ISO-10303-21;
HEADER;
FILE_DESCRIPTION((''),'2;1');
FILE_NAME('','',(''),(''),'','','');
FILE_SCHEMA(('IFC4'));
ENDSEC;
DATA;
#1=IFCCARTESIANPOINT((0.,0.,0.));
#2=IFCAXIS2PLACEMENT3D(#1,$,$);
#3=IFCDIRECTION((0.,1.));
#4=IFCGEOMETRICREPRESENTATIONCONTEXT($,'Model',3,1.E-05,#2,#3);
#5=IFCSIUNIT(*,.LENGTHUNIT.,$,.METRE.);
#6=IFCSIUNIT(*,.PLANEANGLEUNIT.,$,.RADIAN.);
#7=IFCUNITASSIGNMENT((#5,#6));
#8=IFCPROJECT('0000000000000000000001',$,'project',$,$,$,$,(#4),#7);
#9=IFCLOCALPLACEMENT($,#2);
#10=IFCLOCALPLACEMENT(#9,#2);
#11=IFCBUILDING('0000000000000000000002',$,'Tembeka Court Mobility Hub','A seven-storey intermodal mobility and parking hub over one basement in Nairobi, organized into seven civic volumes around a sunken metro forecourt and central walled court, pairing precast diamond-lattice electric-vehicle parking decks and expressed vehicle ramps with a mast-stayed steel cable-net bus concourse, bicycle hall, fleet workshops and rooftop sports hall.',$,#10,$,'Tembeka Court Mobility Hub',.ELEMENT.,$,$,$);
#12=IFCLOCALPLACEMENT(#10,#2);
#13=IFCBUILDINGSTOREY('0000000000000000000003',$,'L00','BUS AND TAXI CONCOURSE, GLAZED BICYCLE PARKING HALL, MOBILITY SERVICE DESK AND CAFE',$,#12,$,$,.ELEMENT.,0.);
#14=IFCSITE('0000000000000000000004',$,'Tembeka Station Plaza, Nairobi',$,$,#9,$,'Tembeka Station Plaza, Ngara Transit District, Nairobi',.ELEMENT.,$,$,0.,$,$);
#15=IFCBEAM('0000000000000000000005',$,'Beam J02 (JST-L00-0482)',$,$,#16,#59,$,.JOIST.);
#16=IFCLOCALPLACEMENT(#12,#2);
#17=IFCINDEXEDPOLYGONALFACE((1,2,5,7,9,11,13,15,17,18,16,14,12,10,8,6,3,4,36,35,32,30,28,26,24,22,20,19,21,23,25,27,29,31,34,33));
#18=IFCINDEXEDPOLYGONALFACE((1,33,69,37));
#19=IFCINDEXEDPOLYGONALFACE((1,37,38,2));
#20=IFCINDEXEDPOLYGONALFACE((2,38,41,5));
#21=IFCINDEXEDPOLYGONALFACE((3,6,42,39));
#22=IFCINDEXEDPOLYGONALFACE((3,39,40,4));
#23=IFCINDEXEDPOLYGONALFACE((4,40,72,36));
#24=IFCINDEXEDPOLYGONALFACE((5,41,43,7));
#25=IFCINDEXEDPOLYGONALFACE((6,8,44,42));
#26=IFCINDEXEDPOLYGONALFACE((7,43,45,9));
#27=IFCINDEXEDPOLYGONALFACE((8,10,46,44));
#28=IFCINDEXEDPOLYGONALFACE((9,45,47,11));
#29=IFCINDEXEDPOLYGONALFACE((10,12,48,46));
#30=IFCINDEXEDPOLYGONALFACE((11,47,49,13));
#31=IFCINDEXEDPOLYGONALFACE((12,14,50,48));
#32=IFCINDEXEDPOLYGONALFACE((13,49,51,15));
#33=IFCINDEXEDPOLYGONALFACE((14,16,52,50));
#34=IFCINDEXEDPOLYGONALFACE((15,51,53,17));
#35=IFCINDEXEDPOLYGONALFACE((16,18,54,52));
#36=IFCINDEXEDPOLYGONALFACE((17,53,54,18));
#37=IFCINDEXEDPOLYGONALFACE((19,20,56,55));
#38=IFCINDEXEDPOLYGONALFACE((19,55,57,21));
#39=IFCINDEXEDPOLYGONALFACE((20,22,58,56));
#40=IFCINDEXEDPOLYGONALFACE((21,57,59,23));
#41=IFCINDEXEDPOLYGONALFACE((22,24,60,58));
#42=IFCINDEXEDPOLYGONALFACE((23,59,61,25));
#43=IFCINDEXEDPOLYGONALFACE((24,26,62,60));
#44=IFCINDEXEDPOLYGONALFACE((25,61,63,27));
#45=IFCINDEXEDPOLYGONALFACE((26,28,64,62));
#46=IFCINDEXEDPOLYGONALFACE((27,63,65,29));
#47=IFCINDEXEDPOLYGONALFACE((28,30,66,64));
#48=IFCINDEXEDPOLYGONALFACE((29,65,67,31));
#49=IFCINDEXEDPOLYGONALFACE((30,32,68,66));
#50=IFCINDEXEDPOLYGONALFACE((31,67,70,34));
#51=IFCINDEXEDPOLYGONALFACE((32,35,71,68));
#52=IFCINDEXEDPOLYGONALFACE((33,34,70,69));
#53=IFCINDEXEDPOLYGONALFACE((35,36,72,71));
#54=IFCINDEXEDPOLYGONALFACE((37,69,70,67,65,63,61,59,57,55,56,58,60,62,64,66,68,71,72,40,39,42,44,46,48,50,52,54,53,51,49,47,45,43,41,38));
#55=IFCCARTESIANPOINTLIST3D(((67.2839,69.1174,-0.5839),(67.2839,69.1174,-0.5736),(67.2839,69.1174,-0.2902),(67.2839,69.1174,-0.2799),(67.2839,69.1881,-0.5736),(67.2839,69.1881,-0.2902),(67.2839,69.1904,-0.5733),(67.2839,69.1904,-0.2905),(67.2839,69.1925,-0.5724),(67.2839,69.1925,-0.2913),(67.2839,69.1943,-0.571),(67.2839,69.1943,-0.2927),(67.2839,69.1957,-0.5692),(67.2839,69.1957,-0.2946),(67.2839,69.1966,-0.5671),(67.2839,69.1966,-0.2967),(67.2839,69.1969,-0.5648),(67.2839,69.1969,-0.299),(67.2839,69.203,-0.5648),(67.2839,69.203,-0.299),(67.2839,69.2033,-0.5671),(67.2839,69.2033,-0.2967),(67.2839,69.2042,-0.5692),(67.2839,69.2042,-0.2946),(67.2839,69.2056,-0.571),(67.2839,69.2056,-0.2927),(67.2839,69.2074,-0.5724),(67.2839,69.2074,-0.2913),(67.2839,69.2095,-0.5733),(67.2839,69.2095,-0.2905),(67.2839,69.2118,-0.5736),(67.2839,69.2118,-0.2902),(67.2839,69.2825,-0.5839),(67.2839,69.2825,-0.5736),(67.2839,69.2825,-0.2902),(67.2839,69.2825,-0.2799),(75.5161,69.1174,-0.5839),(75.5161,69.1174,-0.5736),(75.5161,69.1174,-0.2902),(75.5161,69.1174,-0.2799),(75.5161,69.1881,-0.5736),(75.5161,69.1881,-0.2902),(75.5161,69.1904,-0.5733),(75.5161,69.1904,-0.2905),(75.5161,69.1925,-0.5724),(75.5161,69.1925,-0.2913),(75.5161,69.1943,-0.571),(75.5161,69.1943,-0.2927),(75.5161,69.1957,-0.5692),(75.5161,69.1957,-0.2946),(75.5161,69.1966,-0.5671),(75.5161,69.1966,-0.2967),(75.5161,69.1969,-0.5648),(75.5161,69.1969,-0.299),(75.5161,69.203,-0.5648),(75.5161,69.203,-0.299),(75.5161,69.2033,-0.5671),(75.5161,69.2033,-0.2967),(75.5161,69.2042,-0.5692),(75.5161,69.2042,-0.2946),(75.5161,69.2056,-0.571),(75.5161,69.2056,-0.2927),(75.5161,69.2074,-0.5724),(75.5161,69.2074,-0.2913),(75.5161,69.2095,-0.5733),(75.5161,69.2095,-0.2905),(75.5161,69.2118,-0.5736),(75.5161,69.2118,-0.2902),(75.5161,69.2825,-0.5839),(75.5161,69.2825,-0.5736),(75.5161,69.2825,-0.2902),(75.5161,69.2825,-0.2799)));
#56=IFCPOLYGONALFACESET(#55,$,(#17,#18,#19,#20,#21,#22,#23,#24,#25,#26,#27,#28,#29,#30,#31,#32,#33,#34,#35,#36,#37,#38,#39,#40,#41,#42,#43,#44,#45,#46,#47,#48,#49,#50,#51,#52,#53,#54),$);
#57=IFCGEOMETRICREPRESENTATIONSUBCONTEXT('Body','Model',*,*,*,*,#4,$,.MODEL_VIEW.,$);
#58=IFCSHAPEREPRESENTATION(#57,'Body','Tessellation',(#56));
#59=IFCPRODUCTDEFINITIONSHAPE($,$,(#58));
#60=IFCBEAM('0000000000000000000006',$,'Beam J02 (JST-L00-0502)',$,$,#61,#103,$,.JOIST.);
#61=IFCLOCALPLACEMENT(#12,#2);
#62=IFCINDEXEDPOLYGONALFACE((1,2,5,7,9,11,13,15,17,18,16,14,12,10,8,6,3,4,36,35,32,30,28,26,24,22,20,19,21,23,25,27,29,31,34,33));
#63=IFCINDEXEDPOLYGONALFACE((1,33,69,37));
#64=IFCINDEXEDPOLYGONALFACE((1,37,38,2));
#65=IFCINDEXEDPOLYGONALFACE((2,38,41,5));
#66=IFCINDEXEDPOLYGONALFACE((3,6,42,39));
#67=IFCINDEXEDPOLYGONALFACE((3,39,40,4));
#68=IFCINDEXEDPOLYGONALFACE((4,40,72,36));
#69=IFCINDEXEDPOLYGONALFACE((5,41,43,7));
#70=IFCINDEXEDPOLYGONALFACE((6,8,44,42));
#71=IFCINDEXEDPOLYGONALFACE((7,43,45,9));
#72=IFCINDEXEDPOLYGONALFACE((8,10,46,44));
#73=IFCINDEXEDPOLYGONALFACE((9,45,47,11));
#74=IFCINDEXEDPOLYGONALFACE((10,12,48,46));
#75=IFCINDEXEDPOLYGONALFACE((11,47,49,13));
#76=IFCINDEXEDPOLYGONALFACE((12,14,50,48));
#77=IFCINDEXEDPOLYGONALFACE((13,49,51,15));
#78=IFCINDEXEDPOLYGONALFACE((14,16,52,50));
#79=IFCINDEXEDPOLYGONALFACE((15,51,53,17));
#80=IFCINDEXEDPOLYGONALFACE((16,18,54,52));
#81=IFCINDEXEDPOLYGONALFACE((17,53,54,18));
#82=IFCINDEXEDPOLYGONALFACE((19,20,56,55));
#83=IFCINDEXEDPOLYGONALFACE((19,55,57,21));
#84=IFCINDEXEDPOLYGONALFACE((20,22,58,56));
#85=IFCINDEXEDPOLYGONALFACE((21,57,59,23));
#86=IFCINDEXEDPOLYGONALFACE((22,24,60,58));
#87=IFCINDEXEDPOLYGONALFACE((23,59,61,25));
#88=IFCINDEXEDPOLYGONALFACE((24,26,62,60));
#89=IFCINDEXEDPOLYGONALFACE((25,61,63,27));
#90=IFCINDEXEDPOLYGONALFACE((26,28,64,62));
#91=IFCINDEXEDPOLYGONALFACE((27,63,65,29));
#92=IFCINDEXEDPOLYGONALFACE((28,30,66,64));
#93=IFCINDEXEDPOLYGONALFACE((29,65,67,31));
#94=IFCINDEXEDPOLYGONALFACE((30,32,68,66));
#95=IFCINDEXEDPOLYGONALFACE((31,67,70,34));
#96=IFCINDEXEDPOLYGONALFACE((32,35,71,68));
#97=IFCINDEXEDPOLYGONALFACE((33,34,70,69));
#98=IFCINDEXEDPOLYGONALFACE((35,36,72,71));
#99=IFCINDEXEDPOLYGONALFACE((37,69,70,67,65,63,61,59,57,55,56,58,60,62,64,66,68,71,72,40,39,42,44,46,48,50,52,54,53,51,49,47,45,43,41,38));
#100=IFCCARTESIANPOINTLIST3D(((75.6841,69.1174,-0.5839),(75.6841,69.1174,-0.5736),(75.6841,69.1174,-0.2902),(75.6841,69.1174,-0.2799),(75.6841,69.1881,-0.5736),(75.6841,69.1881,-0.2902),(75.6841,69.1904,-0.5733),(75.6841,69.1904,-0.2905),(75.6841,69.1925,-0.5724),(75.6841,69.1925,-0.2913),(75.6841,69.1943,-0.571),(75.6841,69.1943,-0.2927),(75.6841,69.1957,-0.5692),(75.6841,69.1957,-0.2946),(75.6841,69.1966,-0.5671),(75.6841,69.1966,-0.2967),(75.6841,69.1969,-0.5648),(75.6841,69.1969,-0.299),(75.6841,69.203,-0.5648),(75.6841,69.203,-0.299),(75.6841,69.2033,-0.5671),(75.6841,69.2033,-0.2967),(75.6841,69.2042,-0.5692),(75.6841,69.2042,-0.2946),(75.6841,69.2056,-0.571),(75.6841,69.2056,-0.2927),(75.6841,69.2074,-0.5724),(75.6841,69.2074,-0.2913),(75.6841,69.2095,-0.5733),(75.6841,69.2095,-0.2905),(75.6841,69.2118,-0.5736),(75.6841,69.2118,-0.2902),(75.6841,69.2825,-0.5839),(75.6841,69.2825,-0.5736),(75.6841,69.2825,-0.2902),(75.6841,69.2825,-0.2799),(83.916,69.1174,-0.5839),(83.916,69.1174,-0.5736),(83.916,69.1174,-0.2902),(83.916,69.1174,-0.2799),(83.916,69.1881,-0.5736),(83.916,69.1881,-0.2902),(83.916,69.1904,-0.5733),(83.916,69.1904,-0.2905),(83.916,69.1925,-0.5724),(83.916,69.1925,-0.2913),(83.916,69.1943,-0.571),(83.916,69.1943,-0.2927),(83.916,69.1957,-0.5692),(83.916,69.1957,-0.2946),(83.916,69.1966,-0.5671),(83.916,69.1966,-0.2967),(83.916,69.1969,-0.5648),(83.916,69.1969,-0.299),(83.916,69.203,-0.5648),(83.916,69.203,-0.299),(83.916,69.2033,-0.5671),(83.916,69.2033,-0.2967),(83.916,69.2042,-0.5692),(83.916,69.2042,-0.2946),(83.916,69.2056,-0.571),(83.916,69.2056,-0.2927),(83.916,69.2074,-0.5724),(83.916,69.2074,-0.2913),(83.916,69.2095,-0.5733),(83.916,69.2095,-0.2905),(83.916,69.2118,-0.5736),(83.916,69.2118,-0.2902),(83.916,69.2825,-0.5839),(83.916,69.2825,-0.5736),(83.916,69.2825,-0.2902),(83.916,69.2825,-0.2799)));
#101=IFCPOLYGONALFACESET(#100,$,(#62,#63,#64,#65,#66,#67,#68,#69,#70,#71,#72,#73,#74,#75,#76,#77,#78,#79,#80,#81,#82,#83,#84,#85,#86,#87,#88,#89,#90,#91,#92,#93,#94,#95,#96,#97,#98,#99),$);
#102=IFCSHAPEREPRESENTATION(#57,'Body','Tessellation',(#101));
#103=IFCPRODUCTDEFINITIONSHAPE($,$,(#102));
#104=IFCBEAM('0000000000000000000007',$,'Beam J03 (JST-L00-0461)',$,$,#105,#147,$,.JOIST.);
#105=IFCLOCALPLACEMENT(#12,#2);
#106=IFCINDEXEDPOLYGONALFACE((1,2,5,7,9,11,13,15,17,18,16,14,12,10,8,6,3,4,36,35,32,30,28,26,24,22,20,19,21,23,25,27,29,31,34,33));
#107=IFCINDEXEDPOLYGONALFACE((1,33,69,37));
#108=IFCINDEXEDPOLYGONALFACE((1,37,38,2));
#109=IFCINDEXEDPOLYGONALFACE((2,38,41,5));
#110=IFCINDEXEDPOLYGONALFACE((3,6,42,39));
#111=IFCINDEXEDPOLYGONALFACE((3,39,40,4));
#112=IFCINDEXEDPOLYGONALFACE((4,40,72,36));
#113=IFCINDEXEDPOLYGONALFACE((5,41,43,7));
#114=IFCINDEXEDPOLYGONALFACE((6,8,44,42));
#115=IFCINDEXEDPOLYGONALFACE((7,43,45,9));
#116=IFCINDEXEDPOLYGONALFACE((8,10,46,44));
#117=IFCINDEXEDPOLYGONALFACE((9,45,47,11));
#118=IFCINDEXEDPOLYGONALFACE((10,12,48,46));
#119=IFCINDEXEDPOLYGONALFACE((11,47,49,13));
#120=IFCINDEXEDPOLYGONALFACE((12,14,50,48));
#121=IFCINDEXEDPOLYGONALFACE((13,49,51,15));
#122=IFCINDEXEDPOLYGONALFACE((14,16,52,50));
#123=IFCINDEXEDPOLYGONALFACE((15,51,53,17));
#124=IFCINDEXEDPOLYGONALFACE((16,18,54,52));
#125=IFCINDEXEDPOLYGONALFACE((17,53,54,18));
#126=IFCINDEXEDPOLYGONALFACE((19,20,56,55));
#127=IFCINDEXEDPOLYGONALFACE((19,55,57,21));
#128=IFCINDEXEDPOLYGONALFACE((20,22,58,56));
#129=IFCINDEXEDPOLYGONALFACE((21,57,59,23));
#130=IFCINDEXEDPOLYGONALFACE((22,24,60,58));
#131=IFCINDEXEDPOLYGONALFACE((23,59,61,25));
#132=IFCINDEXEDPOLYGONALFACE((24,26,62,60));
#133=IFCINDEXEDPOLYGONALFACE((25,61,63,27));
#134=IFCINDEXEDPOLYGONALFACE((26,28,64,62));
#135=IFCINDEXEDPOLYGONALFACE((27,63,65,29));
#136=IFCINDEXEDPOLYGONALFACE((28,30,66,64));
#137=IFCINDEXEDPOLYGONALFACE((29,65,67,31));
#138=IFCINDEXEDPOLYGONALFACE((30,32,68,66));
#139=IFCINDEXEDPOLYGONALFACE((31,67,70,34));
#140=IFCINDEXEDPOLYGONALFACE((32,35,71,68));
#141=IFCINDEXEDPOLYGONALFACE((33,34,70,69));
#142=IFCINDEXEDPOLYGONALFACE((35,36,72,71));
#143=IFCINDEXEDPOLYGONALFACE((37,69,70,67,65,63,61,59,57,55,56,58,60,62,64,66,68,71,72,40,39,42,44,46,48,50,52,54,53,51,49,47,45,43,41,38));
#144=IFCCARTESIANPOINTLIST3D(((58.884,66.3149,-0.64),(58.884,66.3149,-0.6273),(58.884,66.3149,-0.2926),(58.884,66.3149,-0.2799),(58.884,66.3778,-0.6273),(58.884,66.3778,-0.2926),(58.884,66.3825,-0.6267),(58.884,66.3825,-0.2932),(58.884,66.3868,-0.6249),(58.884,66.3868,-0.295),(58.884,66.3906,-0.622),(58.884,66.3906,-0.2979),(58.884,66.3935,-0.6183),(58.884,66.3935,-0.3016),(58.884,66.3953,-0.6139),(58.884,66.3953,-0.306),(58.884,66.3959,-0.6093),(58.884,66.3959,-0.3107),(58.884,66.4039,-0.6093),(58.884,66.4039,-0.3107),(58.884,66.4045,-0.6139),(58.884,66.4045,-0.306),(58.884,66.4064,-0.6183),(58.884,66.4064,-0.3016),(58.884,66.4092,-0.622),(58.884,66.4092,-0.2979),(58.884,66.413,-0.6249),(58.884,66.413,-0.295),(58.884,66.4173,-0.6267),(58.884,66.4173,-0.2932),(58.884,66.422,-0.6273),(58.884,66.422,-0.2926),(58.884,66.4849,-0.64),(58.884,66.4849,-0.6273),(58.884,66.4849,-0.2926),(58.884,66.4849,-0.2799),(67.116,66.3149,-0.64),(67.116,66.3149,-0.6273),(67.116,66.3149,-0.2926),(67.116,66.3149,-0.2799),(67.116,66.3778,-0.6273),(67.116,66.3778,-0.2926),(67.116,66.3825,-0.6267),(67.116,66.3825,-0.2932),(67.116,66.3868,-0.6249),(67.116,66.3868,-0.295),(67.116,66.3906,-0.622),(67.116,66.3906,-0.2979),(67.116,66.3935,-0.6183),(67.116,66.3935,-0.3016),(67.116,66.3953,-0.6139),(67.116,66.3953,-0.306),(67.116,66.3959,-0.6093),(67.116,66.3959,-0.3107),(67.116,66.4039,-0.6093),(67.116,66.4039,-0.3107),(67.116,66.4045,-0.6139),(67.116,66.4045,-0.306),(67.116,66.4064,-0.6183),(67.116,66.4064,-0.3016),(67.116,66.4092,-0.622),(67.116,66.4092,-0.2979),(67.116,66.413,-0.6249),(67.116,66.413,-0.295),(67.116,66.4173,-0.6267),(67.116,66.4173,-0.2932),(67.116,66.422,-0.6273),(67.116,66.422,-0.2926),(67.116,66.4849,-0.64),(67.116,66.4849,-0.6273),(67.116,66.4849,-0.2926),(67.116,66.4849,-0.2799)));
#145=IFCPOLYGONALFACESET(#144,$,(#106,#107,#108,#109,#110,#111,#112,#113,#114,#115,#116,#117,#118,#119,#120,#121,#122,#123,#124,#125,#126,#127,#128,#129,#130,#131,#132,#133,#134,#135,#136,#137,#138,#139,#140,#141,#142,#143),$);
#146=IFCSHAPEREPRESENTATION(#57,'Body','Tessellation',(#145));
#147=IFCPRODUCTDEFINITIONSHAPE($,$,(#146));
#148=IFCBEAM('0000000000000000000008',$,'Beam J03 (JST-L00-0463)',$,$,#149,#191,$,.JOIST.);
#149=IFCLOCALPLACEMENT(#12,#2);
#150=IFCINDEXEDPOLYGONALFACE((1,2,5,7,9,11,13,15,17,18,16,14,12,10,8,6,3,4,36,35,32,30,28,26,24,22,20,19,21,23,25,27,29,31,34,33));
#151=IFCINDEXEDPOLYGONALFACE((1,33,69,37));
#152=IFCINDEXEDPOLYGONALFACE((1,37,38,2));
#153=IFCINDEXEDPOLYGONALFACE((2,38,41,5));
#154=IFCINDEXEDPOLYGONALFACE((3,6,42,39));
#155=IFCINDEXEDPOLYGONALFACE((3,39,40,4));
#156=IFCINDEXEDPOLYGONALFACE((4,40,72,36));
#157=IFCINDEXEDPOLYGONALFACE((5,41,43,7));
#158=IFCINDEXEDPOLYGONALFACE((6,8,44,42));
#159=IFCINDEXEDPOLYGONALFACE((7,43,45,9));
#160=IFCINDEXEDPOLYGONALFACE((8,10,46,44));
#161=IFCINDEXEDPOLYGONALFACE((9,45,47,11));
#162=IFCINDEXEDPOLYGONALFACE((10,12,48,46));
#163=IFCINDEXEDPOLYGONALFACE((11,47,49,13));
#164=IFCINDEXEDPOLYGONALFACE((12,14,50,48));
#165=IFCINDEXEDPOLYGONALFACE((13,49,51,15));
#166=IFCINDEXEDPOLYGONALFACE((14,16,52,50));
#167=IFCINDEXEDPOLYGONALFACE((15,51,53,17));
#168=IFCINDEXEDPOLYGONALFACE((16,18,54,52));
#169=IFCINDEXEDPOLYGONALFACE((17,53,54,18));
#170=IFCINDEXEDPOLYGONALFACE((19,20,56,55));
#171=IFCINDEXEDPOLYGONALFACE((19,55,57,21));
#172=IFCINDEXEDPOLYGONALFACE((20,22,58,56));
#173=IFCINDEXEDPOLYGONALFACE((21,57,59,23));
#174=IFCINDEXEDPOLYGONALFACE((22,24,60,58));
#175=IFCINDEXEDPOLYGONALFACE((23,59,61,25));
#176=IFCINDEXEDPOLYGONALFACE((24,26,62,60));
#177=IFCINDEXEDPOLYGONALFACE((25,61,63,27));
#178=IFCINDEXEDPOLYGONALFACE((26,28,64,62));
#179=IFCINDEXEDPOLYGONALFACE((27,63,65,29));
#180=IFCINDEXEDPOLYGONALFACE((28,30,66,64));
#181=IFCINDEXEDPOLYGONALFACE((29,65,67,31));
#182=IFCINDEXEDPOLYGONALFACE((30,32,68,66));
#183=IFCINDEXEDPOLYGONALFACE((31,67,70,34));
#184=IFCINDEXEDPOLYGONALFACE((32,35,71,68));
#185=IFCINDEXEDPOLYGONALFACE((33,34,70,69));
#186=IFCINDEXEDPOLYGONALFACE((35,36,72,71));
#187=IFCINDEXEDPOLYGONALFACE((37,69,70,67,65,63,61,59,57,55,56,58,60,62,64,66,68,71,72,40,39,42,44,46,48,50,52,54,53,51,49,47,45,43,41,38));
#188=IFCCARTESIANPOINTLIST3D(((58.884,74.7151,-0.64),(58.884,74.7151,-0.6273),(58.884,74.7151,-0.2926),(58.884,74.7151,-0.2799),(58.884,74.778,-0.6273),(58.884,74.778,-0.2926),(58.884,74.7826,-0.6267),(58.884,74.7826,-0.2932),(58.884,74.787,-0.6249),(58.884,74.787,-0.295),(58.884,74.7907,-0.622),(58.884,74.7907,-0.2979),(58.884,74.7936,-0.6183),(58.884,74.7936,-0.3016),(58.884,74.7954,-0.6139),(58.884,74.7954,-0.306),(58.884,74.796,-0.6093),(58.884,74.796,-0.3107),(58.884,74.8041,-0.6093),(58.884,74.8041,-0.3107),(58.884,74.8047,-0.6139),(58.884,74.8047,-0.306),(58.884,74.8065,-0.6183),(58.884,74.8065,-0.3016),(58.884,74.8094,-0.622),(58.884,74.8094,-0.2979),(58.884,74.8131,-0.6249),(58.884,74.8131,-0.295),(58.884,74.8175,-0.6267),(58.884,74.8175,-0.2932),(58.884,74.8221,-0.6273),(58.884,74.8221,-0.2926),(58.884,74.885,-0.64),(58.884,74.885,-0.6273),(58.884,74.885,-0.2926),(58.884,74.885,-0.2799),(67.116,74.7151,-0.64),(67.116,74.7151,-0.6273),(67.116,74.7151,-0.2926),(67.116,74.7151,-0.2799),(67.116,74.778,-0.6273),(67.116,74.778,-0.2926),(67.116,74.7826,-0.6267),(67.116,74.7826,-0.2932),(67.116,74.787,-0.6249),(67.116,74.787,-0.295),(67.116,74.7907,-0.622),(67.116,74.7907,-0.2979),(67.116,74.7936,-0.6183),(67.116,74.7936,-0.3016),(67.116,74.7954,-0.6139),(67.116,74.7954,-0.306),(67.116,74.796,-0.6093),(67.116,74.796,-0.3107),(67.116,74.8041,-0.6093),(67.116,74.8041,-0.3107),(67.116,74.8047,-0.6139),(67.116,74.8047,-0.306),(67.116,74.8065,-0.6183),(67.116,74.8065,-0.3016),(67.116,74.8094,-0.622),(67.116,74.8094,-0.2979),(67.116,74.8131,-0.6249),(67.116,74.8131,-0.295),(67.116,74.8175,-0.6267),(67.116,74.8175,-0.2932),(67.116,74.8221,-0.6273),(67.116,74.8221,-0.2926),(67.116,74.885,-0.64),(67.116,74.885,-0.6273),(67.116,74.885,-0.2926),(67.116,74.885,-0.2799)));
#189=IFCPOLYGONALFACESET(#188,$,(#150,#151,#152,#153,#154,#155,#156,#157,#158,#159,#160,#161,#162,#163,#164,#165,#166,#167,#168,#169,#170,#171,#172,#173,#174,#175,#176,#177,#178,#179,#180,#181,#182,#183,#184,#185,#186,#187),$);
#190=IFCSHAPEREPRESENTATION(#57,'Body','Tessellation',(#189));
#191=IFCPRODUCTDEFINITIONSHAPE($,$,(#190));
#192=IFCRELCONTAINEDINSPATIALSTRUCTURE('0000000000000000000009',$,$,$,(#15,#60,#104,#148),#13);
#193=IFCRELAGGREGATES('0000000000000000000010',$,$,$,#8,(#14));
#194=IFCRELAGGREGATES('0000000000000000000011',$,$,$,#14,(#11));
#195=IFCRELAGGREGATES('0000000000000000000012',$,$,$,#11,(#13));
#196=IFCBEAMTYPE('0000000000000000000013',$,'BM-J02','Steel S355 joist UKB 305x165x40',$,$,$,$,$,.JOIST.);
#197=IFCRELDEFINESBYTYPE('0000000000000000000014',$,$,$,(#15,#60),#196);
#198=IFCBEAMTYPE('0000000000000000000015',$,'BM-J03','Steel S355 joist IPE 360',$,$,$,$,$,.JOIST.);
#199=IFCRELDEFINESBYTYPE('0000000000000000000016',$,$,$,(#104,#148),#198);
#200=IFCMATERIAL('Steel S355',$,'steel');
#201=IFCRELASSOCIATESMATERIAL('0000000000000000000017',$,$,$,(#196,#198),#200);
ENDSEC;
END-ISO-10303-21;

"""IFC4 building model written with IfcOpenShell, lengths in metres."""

from ifc_helpers import new_model, si_unit, direction, frame, origin, origin_2d, place, context, subcontext, project, spatial, i_section, extrude, material, material_profile, profile_set, type_object, element, save


model = new_model("IFC4")

# Units and contexts
model_context = context("Model", 3, precision=1e-05, world=origin(), true_north=direction((0.0, 1.0)))
body_context = subcontext(model_context, "Body", "Model", "MODEL_VIEW")
ifc_project = project(units=[si_unit("LENGTHUNIT", "METRE"), si_unit("PLANEANGLEUNIT", "RADIAN")], contexts=[model_context])

# Site, building, storey
site_placement = place(None, origin())
site = spatial("IfcSite", under=ifc_project, at=site_placement, Name="Tembeka Station Plaza, Nairobi", LongName="Tembeka Station Plaza, Ngara Transit District, Nairobi", CompositionType="ELEMENT", RefElevation=0.0)
building_placement = place(site_placement, origin())
building = spatial("IfcBuilding", under=site, at=building_placement, Name="Tembeka Court Mobility Hub", Description="A seven-storey intermodal mobility and parking hub over one basement in Nairobi, organized into seven civic volumes around a sunken metro forecourt and central walled court, pairing precast diamond-lattice electric-vehicle parking decks and expressed vehicle ramps with a mast-stayed steel cable-net bus concourse, bicycle hall, fleet workshops and rooftop sports hall.", LongName="Tembeka Court Mobility Hub", CompositionType="ELEMENT")
storey_placement = place(building_placement, origin())
storey = spatial("IfcBuildingStorey", under=building, at=storey_placement, Name="L00", Description="BUS AND TAXI CONCOURSE, GLAZED BICYCLE PARKING HALL, MOBILITY SERVICE DESK AND CAFE", CompositionType="ELEMENT", Elevation=0.0)

# Shared definitions
ifc_material = material(Name="Steel S355", Category="steel")

# Beams
ifc_material_profile_1 = material_profile(ifc_material, i_section(OverallWidth=0.165, OverallDepth=0.304, WebThickness=0.0061, FlangeThickness=0.0103, FilletRadius=0.0088, at=origin_2d()), Name="UKB 305x165x40")
ifc_profile_set_1 = profile_set([ifc_material_profile_1], Name="Steel S355")
beam_type_1 = type_object("IfcBeamType", Name="BM-J02", Description="Steel S355 joist UKB 305x165x40", PredefinedType="JOIST", material=ifc_profile_set_1)
beam_1_placement = place(storey_placement, frame((67.2839, 69.2, -0.4319), z_axis=(1.0, 0.0, 0.0), x_axis=(0.0, 1.0, 0.0)))
element("IfcBeam", 1, at=beam_1_placement, inside=storey, type_object=beam_type_1, Name="Beam J02 (JST-L00-0482)", PredefinedType="JOIST", context=body_context, shape_type="SweptSolid", body=[
    extrude(i_section(OverallWidth=0.165, OverallDepth=0.304, WebThickness=0.0061, FlangeThickness=0.0103, FilletRadius=0.0088, at=origin_2d()), origin(), (0.0, 0.0, 1.0), 8.2322),
])
beam_2_placement = place(storey_placement, frame((75.6841, 69.2, -0.4319), z_axis=(1.0, 0.0, 0.0), x_axis=(0.0, 1.0, 0.0)))
element("IfcBeam", 2, at=beam_2_placement, inside=storey, type_object=beam_type_1, Name="Beam J02 (JST-L00-0502)", PredefinedType="JOIST", context=body_context, shape_type="SweptSolid", body=[
    extrude(i_section(OverallWidth=0.165, OverallDepth=0.304, WebThickness=0.0061, FlangeThickness=0.0103, FilletRadius=0.0088, at=origin_2d()), origin(), (0.0, 0.0, 1.0), 8.2319),
])
ifc_material_profile_2 = material_profile(ifc_material, i_section(OverallWidth=0.1699, OverallDepth=0.3601, WebThickness=0.0081, FlangeThickness=0.0127, FilletRadius=0.0181, at=origin_2d()), Name="IPE 360")
ifc_profile_set_2 = profile_set([ifc_material_profile_2], Name="Steel S355")
beam_type_2 = type_object("IfcBeamType", Name="BM-J03", Description="Steel S355 joist IPE 360", PredefinedType="JOIST", material=ifc_profile_set_2)
for number, where, z_axis, x_axis, name in (
    (3, (58.884, 66.3999, -0.46), (1.0, 0.0, 0.0), (0.0, 1.0, 0.0), "Beam J03 (JST-L00-0461)"),
    (4, (58.884, 74.8, -0.46), (1.0, 0.0, 0.0), (0.0, 1.0, 0.0), "Beam J03 (JST-L00-0463)"),
):
    element("IfcBeam", number, at=place(storey_placement, frame(where, z_axis=z_axis, x_axis=x_axis)), inside=storey, type_object=beam_type_2, Name=name, PredefinedType="JOIST", context=body_context, shape_type="SweptSolid", body=[
        extrude(i_section(OverallWidth=0.1699, OverallDepth=0.3601, WebThickness=0.0081, FlangeThickness=0.0127, FilletRadius=0.0181, at=origin_2d()), origin(), (0.0, 0.0, 1.0), 8.2319),
    ])

save(model, "model.ifc")
